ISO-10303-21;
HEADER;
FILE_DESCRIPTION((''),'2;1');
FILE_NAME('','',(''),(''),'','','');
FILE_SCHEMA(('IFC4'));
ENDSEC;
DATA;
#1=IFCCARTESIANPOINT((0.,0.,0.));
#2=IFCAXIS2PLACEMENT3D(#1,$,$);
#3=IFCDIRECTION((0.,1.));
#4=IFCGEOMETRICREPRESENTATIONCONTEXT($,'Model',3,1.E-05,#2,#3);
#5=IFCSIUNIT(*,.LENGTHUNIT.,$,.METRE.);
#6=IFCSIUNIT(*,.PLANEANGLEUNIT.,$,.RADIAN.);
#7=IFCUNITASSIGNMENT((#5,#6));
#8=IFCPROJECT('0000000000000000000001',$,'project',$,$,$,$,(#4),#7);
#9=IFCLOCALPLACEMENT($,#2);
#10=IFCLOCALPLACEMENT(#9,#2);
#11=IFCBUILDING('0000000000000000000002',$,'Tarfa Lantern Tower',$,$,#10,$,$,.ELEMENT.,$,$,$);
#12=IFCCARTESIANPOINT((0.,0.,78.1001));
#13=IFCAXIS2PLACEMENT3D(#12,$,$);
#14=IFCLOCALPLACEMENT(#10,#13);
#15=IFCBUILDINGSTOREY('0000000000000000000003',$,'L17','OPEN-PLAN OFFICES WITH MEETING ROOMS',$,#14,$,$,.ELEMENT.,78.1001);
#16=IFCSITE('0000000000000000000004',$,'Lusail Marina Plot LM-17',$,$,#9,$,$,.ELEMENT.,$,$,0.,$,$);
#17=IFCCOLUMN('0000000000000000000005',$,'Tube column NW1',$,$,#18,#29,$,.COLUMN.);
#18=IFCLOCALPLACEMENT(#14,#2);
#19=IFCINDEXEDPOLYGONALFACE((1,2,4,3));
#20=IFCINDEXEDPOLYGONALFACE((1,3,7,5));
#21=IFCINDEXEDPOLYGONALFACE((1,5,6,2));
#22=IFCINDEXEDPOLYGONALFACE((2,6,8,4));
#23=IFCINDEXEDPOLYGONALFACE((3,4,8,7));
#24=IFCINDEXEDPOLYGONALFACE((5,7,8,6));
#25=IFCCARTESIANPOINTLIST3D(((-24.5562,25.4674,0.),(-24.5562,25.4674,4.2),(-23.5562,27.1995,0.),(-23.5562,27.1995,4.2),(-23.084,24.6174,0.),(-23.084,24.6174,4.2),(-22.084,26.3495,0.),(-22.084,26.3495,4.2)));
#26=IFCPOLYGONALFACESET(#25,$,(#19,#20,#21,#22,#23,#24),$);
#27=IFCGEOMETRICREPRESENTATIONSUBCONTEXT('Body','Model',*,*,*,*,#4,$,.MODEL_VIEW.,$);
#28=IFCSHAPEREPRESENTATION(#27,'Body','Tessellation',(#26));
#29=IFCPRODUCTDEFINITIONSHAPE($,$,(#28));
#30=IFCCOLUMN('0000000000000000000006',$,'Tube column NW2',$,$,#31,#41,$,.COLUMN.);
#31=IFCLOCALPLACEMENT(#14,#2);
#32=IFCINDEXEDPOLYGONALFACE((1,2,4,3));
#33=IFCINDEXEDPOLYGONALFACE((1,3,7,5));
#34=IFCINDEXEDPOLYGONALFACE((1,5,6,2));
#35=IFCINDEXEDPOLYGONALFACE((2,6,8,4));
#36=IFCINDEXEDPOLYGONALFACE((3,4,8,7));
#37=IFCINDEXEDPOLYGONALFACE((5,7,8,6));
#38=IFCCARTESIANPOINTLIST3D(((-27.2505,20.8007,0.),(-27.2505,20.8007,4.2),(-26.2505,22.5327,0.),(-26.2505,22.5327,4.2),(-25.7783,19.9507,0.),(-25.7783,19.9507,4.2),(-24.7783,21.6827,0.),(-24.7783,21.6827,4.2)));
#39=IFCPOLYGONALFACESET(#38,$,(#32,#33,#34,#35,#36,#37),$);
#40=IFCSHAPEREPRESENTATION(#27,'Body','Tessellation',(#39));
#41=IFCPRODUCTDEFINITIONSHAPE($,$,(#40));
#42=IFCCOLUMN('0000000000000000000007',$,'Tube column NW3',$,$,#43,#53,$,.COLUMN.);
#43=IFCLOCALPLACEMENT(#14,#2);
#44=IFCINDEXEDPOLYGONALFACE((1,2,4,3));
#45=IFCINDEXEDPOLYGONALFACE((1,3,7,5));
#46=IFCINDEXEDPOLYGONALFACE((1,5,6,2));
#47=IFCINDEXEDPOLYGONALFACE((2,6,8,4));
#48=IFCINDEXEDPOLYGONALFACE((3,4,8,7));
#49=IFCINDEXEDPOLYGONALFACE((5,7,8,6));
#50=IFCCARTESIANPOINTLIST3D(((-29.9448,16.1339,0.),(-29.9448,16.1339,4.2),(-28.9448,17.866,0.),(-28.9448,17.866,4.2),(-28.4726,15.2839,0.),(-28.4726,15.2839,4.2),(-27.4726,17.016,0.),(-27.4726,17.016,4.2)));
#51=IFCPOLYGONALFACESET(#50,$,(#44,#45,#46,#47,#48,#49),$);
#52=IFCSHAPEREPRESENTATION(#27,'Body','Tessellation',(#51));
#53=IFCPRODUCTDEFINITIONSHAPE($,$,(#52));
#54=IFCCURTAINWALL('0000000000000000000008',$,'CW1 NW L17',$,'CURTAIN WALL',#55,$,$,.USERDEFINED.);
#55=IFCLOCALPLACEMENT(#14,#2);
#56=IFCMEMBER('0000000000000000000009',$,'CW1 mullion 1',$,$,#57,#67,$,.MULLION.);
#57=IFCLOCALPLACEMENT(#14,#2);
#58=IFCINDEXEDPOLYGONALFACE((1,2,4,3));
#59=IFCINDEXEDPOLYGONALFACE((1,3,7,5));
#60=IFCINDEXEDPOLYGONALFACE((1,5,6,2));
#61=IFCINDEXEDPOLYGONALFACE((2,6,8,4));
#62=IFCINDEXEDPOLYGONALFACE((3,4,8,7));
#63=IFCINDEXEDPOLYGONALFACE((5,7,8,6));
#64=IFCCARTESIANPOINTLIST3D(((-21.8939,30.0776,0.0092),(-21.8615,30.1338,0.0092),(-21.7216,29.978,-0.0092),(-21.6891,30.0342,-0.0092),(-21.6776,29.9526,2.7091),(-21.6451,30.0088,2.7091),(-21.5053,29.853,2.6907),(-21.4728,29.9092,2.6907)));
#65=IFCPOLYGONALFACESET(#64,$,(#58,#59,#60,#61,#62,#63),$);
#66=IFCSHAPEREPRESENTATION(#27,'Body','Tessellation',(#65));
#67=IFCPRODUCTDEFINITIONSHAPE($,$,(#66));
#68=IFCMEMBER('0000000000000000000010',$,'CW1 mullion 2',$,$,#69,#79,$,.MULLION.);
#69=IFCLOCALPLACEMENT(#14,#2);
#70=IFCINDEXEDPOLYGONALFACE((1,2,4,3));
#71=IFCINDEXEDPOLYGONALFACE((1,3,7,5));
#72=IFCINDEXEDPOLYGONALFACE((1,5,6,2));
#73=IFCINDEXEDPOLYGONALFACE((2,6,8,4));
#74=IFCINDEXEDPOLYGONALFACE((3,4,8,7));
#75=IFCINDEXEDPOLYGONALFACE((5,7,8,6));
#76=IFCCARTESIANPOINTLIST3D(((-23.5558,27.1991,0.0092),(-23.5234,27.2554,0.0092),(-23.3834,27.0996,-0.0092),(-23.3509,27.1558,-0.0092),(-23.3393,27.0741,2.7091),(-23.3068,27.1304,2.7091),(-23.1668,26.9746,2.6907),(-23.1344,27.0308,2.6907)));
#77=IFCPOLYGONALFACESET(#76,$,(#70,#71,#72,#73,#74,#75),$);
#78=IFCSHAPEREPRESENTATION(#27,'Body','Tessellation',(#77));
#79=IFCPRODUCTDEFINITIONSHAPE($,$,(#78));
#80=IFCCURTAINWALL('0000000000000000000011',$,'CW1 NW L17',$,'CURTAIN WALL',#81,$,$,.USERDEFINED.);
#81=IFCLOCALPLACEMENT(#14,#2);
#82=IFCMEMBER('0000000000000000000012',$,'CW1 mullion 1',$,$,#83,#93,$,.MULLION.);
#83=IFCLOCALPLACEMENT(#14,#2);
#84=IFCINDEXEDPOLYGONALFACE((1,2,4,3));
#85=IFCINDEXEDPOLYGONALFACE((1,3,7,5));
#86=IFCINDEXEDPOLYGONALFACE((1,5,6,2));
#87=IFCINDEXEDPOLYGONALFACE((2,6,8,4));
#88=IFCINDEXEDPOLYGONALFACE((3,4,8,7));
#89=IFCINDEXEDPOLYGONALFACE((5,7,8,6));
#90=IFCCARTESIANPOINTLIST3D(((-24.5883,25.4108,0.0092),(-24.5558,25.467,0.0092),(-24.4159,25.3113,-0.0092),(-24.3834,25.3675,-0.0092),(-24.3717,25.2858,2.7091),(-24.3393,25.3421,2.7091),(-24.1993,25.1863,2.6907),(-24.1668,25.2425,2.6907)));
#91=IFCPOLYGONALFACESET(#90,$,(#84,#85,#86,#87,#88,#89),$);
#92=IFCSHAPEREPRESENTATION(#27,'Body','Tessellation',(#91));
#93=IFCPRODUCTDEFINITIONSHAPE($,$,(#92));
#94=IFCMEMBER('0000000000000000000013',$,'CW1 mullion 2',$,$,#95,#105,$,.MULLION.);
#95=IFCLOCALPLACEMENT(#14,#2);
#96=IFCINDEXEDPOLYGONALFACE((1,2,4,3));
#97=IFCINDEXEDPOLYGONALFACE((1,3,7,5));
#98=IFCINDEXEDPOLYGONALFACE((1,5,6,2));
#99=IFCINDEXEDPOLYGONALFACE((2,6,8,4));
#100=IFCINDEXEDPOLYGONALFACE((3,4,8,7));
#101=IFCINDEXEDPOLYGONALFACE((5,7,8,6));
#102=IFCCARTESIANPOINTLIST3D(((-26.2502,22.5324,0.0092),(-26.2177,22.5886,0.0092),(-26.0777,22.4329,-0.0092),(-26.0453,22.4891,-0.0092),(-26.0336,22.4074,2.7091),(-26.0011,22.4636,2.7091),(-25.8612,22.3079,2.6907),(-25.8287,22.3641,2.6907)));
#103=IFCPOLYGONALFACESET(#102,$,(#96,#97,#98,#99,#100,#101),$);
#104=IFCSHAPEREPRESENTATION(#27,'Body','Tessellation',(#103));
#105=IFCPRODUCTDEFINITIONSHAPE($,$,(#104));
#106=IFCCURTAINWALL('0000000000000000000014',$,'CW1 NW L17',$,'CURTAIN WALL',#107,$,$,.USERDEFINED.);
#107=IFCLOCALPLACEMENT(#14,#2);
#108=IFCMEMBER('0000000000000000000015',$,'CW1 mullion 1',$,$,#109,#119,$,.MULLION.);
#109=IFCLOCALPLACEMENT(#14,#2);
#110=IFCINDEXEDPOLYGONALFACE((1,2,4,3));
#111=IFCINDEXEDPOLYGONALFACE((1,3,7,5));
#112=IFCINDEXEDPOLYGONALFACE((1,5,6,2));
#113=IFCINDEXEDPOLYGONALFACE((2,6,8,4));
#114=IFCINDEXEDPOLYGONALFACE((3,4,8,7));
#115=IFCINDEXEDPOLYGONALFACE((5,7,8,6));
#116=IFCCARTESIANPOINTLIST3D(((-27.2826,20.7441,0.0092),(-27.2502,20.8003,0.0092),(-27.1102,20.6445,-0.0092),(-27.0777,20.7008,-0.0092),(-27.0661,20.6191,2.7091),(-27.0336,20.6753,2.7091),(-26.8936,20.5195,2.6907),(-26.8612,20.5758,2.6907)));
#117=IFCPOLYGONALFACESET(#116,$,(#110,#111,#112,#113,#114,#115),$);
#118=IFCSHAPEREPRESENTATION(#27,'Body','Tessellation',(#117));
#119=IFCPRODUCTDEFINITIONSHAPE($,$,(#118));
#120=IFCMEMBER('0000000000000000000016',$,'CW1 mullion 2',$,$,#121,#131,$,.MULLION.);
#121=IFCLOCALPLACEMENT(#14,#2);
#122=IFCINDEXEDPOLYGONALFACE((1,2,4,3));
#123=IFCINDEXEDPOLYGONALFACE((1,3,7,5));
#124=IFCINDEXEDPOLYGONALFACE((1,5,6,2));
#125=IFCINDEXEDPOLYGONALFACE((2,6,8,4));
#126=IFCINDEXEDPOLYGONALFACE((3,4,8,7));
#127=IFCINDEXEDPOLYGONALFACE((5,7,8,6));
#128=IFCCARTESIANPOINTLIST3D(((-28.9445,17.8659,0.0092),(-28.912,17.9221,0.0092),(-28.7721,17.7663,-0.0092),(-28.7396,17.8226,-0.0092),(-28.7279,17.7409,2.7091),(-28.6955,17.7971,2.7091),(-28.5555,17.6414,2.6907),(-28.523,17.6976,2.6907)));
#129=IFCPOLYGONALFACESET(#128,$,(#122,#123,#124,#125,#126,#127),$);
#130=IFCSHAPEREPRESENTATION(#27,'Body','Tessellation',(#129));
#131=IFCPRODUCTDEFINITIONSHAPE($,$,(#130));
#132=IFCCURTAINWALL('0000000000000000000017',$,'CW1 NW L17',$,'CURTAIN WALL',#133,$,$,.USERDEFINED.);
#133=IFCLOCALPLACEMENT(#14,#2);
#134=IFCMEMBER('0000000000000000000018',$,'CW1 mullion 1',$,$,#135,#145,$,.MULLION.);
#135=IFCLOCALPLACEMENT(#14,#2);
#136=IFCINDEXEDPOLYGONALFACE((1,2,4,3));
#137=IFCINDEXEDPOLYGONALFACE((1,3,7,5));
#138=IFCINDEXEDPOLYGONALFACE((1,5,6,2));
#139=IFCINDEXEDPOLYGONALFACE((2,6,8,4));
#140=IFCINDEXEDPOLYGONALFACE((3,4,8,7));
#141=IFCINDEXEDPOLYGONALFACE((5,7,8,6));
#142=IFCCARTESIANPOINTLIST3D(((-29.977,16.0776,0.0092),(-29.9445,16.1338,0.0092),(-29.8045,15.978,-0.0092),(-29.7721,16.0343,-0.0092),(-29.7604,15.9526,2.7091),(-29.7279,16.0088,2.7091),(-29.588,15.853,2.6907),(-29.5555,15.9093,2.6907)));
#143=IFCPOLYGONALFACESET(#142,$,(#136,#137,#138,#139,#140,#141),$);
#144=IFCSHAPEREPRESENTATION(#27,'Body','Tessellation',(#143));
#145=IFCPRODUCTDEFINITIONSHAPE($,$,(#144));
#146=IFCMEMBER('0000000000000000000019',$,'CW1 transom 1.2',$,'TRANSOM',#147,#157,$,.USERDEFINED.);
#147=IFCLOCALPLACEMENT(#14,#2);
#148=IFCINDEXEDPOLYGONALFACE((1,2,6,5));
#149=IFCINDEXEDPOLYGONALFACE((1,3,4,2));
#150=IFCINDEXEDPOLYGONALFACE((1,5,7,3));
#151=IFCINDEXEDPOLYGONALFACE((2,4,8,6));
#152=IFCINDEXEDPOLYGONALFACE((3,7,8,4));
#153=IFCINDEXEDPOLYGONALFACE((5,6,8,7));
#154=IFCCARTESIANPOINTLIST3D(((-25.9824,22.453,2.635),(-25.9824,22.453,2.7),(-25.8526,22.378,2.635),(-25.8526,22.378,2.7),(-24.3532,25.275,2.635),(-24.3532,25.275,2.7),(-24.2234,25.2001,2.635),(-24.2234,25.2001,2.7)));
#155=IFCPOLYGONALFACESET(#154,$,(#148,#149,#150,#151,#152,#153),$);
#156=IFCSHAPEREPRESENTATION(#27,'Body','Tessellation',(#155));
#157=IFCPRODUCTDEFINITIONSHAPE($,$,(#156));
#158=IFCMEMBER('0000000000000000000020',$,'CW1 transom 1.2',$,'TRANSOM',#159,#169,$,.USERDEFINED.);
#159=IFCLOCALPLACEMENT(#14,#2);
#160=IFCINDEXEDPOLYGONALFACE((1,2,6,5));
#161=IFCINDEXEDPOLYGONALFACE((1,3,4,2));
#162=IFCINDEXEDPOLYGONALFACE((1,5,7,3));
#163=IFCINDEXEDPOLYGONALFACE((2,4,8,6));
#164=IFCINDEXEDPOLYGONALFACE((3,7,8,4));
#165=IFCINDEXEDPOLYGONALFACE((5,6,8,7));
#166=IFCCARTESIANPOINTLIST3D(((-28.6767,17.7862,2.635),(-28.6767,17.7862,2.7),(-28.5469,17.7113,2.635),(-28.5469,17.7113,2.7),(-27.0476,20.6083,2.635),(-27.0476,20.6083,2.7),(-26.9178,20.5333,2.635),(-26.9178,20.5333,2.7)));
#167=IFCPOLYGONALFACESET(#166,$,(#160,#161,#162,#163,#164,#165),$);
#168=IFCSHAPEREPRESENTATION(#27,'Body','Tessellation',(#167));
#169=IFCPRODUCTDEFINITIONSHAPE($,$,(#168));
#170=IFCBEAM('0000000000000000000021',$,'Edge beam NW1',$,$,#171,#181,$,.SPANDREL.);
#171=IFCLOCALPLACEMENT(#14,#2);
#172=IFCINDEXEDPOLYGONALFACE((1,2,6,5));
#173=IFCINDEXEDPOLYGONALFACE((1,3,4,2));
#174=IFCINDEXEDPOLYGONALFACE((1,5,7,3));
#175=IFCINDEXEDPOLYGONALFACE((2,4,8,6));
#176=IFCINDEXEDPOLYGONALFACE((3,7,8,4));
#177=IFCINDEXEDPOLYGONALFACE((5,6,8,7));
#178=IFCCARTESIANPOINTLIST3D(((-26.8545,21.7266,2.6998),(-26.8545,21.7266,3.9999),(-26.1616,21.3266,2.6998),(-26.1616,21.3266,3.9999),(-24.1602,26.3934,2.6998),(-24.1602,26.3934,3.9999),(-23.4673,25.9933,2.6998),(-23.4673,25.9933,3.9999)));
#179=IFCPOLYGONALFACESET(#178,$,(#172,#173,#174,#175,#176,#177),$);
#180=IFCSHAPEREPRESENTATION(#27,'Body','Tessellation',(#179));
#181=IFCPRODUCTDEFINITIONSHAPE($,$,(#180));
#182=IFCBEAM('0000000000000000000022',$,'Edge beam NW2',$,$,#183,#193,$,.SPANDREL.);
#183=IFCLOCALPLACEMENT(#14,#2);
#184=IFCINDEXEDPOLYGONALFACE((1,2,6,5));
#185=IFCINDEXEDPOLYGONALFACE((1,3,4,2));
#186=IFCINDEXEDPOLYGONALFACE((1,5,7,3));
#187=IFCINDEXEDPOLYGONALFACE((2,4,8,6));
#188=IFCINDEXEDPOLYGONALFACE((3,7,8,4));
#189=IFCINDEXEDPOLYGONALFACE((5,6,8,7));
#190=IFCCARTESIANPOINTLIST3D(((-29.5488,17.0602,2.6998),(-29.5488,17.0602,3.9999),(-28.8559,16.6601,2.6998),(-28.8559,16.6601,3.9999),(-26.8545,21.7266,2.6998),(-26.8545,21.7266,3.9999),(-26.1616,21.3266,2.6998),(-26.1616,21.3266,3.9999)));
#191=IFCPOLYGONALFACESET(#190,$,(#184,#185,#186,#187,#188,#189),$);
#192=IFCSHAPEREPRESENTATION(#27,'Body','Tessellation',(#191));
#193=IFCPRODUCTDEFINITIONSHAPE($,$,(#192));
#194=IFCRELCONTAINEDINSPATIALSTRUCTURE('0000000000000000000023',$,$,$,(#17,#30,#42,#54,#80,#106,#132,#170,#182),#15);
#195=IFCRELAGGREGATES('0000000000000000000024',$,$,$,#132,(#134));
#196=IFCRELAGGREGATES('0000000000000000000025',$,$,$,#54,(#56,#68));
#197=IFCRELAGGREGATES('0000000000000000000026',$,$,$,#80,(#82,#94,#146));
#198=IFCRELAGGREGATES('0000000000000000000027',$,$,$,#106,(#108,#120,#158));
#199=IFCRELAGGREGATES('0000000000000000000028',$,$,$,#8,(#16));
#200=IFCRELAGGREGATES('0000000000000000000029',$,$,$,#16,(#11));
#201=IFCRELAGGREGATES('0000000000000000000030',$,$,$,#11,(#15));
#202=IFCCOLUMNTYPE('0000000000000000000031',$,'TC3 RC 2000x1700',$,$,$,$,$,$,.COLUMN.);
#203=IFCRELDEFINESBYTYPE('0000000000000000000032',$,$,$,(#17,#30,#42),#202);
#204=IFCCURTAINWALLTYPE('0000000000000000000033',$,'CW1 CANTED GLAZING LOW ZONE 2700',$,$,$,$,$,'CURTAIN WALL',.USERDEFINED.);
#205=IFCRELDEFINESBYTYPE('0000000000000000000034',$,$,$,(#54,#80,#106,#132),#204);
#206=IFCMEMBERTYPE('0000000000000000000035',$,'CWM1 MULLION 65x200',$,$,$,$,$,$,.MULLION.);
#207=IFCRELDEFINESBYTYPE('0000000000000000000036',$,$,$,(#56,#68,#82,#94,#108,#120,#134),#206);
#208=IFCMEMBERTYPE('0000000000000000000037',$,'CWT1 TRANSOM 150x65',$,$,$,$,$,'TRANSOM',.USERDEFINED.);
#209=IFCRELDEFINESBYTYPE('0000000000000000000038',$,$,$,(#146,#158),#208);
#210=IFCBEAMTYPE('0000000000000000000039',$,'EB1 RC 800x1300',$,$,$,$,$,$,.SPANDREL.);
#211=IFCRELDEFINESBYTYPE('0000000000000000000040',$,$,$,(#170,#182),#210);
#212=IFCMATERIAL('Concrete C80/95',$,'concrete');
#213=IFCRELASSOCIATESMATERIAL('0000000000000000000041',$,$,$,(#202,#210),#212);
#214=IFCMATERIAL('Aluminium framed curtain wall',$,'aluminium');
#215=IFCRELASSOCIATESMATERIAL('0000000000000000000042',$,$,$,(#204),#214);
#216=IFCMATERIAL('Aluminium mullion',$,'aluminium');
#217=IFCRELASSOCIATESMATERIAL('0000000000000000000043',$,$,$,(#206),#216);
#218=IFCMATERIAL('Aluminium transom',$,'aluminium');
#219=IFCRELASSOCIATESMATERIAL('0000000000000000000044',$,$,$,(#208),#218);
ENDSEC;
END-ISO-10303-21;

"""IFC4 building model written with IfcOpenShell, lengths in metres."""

from ifc_helpers import new_model, si_unit, direction, frame, origin, origin_2d, place, context, subcontext, project, spatial, rectangle, extrude, material, material_profile, profile_set, type_object, element, aggregate, save


model = new_model("IFC4")

# Units and contexts
model_context = context("Model", 3, precision=1e-05, world=origin(), true_north=direction((0.0, 1.0)))
body_context = subcontext(model_context, "Body", "Model", "MODEL_VIEW")
ifc_project = project(units=[si_unit("LENGTHUNIT", "METRE"), si_unit("PLANEANGLEUNIT", "RADIAN")], contexts=[model_context])

# Site, building, storey
site_placement = place(None, origin())
site = spatial("IfcSite", under=ifc_project, at=site_placement, Name="Lusail Marina Plot LM-17", CompositionType="ELEMENT", RefElevation=0.0)
building_placement = place(site_placement, origin())
building = spatial("IfcBuilding", under=site, at=building_placement, Name="Tarfa Lantern Tower", CompositionType="ELEMENT")
storey_placement = place(building_placement, frame((0.0, 0.0, 78.1001)))
storey = spatial("IfcBuildingStorey", under=building, at=storey_placement, Name="L17", Description="OPEN-PLAN OFFICES WITH MEETING ROOMS", CompositionType="ELEMENT", Elevation=78.1001)

# Columns
ifc_material_1 = material(Name="Concrete C80/95", Category="concrete")
ifc_material_profile_1 = material_profile(ifc_material_1, rectangle(XDim=2.0, YDim=1.7, at=origin_2d()), Name="RC 2000x1700")
ifc_profile_set_1 = profile_set([ifc_material_profile_1], Name="Concrete C80/95")
column_type = type_object("IfcColumnType", Name="TC3 RC 2000x1700", PredefinedType="COLUMN", material=ifc_profile_set_1)
for number, where, z_axis, x_axis, name in (
    (1, (-23.3201, 25.9084, 0.0), (0.0, 0.0, 1.0), (-0.5, -0.866025, 0.0), "Tube column NW1"),
    (2, (-26.0144, 21.2417, 0.0), (0.0, 0.0, 1.0), (-0.5, -0.866025, 0.0), "Tube column NW2"),
    (3, (-28.7087, 16.575, 0.0), (0.0, 0.0, 1.0), (-0.5, -0.866025, 0.0), "Tube column NW3"),
):
    element("IfcColumn", number, at=place(storey_placement, frame(where, z_axis=z_axis, x_axis=x_axis)), inside=storey, type_object=column_type, Name=name, PredefinedType="COLUMN", context=body_context, shape_type="SweptSolid", body=[
        extrude(rectangle(XDim=2.0, YDim=1.7, at=origin_2d()), origin(), (0.0, 0.0, 1.0), 4.2),
    ])

# Curtain walls, members
ifc_material_2 = material(Name="Aluminium framed curtain wall", Category="aluminium")
curtain_wall_type = type_object("IfcCurtainWallType", Name="CW1 CANTED GLAZING LOW ZONE 2700", ElementType="CURTAIN WALL", PredefinedType="USERDEFINED", material=ifc_material_2)
curtain_wall_1_placement = place(storey_placement, origin())
curtain_wall_1 = element("IfcCurtainWall", 4, at=curtain_wall_1_placement, inside=storey, type_object=curtain_wall_type, Name="CW1 NW L17", ObjectType="CURTAIN WALL", PredefinedType="USERDEFINED")
ifc_material_3 = material(Name="Aluminium mullion", Category="aluminium")
ifc_material_profile_2 = material_profile(ifc_material_3, rectangle(XDim=0.0649, YDim=0.2, at=origin_2d()), Name="AL MULLION 65x200")
ifc_profile_set_2 = profile_set([ifc_material_profile_2], Name="Aluminium mullion")
member_type_1 = type_object("IfcMemberType", Name="CWM1 MULLION 65x200", PredefinedType="MULLION", material=ifc_profile_set_2)
member_1_placement = place(storey_placement, frame((-21.7915, 30.0559, 0.0), z_axis=(0.079775, -0.0461, 0.995746), x_axis=(0.500343, 0.865827, 0.0)))
member_1 = element("IfcMember", 5, at=member_1_placement, type_object=member_type_1, Name="CW1 mullion 1", PredefinedType="MULLION", context=body_context, shape_type="SweptSolid", body=[
    extrude(rectangle(XDim=0.0649, YDim=0.2, at=origin_2d()), origin(), (0.0, 0.0, 1.0), 2.7114),
])
member_2_placement = place(storey_placement, frame((-23.4534, 27.1775, 0.0), z_axis=(0.079864, -0.0461, 0.995739), x_axis=(0.49992, 0.866072, 0.0)))
member_2 = element("IfcMember", 6, at=member_2_placement, type_object=member_type_1, Name="CW1 mullion 2", PredefinedType="MULLION", context=body_context, shape_type="SweptSolid", body=[
    extrude(rectangle(XDim=0.0649, YDim=0.2, at=origin_2d()), origin(), (0.0, 0.0, 1.0), 2.7114),
])
curtain_wall_2_placement = place(storey_placement, origin())
curtain_wall_2 = element("IfcCurtainWall", 7, at=curtain_wall_2_placement, inside=storey, type_object=curtain_wall_type, Name="CW1 NW L17", ObjectType="CURTAIN WALL", PredefinedType="USERDEFINED")
member_3_placement = place(storey_placement, frame((-24.4858, 25.3892, 0.0), z_axis=(0.079864, -0.0461, 0.995739), x_axis=(0.49992, 0.866072, 0.0)))
member_3 = element("IfcMember", 8, at=member_3_placement, type_object=member_type_1, Name="CW1 mullion 1", PredefinedType="MULLION", context=body_context, shape_type="SweptSolid", body=[
    extrude(rectangle(XDim=0.0649, YDim=0.2, at=origin_2d()), origin(), (0.0, 0.0, 1.0), 2.7114),
])
member_4_placement = place(storey_placement, frame((-26.1477, 22.5107, 0.0), z_axis=(0.079864, -0.0461, 0.995739), x_axis=(0.49992, 0.866072, 0.0)))
member_4 = element("IfcMember", 9, at=member_4_placement, type_object=member_type_1, Name="CW1 mullion 2", PredefinedType="MULLION", context=body_context, shape_type="SweptSolid", body=[
    extrude(rectangle(XDim=0.0649, YDim=0.2, at=origin_2d()), origin(), (0.0, 0.0, 1.0), 2.7114),
])
curtain_wall_3_placement = place(storey_placement, origin())
curtain_wall_3 = element("IfcCurtainWall", 10, at=curtain_wall_3_placement, inside=storey, type_object=curtain_wall_type, Name="CW1 NW L17", ObjectType="CURTAIN WALL", PredefinedType="USERDEFINED")
member_5_placement = place(storey_placement, frame((-27.1802, 20.7224, 0.0), z_axis=(0.079864, -0.0461, 0.995739), x_axis=(0.49992, 0.866072, 0.0)))
member_5 = element("IfcMember", 11, at=member_5_placement, type_object=member_type_1, Name="CW1 mullion 1", PredefinedType="MULLION", context=body_context, shape_type="SweptSolid", body=[
    extrude(rectangle(XDim=0.0649, YDim=0.2, at=origin_2d()), origin(), (0.0, 0.0, 1.0), 2.7114),
])
member_6_placement = place(storey_placement, frame((-28.842, 17.8442, 0.0), z_axis=(0.079864, -0.0461, 0.995739), x_axis=(0.49992, 0.866072, 0.0)))
member_6 = element("IfcMember", 12, at=member_6_placement, type_object=member_type_1, Name="CW1 mullion 2", PredefinedType="MULLION", context=body_context, shape_type="SweptSolid", body=[
    extrude(rectangle(XDim=0.0649, YDim=0.2, at=origin_2d()), origin(), (0.0, 0.0, 1.0), 2.7114),
])

# Curtain wall, member
curtain_wall_4_placement = place(storey_placement, origin())
curtain_wall_4 = element("IfcCurtainWall", 13, at=curtain_wall_4_placement, inside=storey, type_object=curtain_wall_type, Name="CW1 NW L17", ObjectType="CURTAIN WALL", PredefinedType="USERDEFINED")
member_7_placement = place(storey_placement, frame((-29.8745, 16.0559, 0.0), z_axis=(0.079864, -0.0461, 0.995739), x_axis=(0.49992, 0.866072, 0.0)))
member_7 = element("IfcMember", 14, at=member_7_placement, type_object=member_type_1, Name="CW1 mullion 1", PredefinedType="MULLION", context=body_context, shape_type="SweptSolid", body=[
    extrude(rectangle(XDim=0.0649, YDim=0.2, at=origin_2d()), origin(), (0.0, 0.0, 1.0), 2.7114),
])
aggregate(curtain_wall_4, [member_7])

# Members
ifc_material_4 = material(Name="Aluminium transom", Category="aluminium")
ifc_material_profile_3 = material_profile(ifc_material_4, rectangle(XDim=0.1499, YDim=0.0649, at=origin_2d()), Name="AL TRANSOM 150x65")
ifc_profile_set_3 = profile_set([ifc_material_profile_3], Name="Aluminium transom")
member_type_2 = type_object("IfcMemberType", Name="CWT1 TRANSOM 150x65", ElementType="TRANSOM", PredefinedType="USERDEFINED", material=ifc_profile_set_3)
member_8_placement = place(storey_placement, frame((-24.2883, 25.2375, 2.6675), z_axis=(-0.499967, -0.866045, 0.0), x_axis=(0.866045, -0.499967, 0.0)))
member_8 = element("IfcMember", 15, at=member_8_placement, type_object=member_type_2, Name="CW1 transom 1.2", ObjectType="TRANSOM", PredefinedType="USERDEFINED", context=body_context, shape_type="SweptSolid", body=[
    extrude(rectangle(XDim=0.1499, YDim=0.0649, at=origin_2d()), origin(), (0.0, 0.0, 1.0), 3.2585),
])
member_9_placement = place(storey_placement, frame((-26.9827, 20.5708, 2.6675), z_axis=(-0.499967, -0.866045, 0.0), x_axis=(0.866045, -0.499967, 0.0)))
member_9 = element("IfcMember", 16, at=member_9_placement, type_object=member_type_2, Name="CW1 transom 1.2", ObjectType="TRANSOM", PredefinedType="USERDEFINED", context=body_context, shape_type="SweptSolid", body=[
    extrude(rectangle(XDim=0.1499, YDim=0.0649, at=origin_2d()), origin(), (0.0, 0.0, 1.0), 3.2585),
])

# Beams
ifc_material_profile_4 = material_profile(ifc_material_1, rectangle(XDim=0.8, YDim=1.3, at=origin_2d()), Name="RC 800x1300")
ifc_profile_set_4 = profile_set([ifc_material_profile_4], Name="Concrete C80/95")
beam_type_1 = type_object("IfcBeamType", Name="EB1 RC 800x1300", PredefinedType="SPANDREL", material=ifc_profile_set_4)
beam_1_placement = place(storey_placement, frame((-23.8137, 26.1934, 3.3499), z_axis=(-0.499998, -0.866026, 0.0), x_axis=(0.866026, -0.499998, 0.0)))
element("IfcBeam", 17, at=beam_1_placement, inside=storey, type_object=beam_type_1, Name="Edge beam NW1", PredefinedType="SPANDREL", context=body_context, shape_type="SweptSolid", body=[
    extrude(rectangle(XDim=0.8, YDim=1.3, at=origin_2d()), origin(), (0.0, 0.0, 1.0), 5.3887),
])
beam_2_placement = place(storey_placement, frame((-26.5081, 21.5266, 3.3499), z_axis=(-0.500018, -0.866015, 0.0), x_axis=(0.866015, -0.500018, 0.0)))
element("IfcBeam", 18, at=beam_2_placement, inside=storey, type_object=beam_type_1, Name="Edge beam NW2", PredefinedType="SPANDREL", context=body_context, shape_type="SweptSolid", body=[
    extrude(rectangle(XDim=0.8, YDim=1.3, at=origin_2d()), origin(), (0.0, 0.0, 1.0), 5.3884),
])

aggregate(curtain_wall_1, [member_1, member_2])
aggregate(curtain_wall_2, [member_3, member_4, member_8])
aggregate(curtain_wall_3, [member_5, member_6, member_9])

save(model, "model.ifc")
